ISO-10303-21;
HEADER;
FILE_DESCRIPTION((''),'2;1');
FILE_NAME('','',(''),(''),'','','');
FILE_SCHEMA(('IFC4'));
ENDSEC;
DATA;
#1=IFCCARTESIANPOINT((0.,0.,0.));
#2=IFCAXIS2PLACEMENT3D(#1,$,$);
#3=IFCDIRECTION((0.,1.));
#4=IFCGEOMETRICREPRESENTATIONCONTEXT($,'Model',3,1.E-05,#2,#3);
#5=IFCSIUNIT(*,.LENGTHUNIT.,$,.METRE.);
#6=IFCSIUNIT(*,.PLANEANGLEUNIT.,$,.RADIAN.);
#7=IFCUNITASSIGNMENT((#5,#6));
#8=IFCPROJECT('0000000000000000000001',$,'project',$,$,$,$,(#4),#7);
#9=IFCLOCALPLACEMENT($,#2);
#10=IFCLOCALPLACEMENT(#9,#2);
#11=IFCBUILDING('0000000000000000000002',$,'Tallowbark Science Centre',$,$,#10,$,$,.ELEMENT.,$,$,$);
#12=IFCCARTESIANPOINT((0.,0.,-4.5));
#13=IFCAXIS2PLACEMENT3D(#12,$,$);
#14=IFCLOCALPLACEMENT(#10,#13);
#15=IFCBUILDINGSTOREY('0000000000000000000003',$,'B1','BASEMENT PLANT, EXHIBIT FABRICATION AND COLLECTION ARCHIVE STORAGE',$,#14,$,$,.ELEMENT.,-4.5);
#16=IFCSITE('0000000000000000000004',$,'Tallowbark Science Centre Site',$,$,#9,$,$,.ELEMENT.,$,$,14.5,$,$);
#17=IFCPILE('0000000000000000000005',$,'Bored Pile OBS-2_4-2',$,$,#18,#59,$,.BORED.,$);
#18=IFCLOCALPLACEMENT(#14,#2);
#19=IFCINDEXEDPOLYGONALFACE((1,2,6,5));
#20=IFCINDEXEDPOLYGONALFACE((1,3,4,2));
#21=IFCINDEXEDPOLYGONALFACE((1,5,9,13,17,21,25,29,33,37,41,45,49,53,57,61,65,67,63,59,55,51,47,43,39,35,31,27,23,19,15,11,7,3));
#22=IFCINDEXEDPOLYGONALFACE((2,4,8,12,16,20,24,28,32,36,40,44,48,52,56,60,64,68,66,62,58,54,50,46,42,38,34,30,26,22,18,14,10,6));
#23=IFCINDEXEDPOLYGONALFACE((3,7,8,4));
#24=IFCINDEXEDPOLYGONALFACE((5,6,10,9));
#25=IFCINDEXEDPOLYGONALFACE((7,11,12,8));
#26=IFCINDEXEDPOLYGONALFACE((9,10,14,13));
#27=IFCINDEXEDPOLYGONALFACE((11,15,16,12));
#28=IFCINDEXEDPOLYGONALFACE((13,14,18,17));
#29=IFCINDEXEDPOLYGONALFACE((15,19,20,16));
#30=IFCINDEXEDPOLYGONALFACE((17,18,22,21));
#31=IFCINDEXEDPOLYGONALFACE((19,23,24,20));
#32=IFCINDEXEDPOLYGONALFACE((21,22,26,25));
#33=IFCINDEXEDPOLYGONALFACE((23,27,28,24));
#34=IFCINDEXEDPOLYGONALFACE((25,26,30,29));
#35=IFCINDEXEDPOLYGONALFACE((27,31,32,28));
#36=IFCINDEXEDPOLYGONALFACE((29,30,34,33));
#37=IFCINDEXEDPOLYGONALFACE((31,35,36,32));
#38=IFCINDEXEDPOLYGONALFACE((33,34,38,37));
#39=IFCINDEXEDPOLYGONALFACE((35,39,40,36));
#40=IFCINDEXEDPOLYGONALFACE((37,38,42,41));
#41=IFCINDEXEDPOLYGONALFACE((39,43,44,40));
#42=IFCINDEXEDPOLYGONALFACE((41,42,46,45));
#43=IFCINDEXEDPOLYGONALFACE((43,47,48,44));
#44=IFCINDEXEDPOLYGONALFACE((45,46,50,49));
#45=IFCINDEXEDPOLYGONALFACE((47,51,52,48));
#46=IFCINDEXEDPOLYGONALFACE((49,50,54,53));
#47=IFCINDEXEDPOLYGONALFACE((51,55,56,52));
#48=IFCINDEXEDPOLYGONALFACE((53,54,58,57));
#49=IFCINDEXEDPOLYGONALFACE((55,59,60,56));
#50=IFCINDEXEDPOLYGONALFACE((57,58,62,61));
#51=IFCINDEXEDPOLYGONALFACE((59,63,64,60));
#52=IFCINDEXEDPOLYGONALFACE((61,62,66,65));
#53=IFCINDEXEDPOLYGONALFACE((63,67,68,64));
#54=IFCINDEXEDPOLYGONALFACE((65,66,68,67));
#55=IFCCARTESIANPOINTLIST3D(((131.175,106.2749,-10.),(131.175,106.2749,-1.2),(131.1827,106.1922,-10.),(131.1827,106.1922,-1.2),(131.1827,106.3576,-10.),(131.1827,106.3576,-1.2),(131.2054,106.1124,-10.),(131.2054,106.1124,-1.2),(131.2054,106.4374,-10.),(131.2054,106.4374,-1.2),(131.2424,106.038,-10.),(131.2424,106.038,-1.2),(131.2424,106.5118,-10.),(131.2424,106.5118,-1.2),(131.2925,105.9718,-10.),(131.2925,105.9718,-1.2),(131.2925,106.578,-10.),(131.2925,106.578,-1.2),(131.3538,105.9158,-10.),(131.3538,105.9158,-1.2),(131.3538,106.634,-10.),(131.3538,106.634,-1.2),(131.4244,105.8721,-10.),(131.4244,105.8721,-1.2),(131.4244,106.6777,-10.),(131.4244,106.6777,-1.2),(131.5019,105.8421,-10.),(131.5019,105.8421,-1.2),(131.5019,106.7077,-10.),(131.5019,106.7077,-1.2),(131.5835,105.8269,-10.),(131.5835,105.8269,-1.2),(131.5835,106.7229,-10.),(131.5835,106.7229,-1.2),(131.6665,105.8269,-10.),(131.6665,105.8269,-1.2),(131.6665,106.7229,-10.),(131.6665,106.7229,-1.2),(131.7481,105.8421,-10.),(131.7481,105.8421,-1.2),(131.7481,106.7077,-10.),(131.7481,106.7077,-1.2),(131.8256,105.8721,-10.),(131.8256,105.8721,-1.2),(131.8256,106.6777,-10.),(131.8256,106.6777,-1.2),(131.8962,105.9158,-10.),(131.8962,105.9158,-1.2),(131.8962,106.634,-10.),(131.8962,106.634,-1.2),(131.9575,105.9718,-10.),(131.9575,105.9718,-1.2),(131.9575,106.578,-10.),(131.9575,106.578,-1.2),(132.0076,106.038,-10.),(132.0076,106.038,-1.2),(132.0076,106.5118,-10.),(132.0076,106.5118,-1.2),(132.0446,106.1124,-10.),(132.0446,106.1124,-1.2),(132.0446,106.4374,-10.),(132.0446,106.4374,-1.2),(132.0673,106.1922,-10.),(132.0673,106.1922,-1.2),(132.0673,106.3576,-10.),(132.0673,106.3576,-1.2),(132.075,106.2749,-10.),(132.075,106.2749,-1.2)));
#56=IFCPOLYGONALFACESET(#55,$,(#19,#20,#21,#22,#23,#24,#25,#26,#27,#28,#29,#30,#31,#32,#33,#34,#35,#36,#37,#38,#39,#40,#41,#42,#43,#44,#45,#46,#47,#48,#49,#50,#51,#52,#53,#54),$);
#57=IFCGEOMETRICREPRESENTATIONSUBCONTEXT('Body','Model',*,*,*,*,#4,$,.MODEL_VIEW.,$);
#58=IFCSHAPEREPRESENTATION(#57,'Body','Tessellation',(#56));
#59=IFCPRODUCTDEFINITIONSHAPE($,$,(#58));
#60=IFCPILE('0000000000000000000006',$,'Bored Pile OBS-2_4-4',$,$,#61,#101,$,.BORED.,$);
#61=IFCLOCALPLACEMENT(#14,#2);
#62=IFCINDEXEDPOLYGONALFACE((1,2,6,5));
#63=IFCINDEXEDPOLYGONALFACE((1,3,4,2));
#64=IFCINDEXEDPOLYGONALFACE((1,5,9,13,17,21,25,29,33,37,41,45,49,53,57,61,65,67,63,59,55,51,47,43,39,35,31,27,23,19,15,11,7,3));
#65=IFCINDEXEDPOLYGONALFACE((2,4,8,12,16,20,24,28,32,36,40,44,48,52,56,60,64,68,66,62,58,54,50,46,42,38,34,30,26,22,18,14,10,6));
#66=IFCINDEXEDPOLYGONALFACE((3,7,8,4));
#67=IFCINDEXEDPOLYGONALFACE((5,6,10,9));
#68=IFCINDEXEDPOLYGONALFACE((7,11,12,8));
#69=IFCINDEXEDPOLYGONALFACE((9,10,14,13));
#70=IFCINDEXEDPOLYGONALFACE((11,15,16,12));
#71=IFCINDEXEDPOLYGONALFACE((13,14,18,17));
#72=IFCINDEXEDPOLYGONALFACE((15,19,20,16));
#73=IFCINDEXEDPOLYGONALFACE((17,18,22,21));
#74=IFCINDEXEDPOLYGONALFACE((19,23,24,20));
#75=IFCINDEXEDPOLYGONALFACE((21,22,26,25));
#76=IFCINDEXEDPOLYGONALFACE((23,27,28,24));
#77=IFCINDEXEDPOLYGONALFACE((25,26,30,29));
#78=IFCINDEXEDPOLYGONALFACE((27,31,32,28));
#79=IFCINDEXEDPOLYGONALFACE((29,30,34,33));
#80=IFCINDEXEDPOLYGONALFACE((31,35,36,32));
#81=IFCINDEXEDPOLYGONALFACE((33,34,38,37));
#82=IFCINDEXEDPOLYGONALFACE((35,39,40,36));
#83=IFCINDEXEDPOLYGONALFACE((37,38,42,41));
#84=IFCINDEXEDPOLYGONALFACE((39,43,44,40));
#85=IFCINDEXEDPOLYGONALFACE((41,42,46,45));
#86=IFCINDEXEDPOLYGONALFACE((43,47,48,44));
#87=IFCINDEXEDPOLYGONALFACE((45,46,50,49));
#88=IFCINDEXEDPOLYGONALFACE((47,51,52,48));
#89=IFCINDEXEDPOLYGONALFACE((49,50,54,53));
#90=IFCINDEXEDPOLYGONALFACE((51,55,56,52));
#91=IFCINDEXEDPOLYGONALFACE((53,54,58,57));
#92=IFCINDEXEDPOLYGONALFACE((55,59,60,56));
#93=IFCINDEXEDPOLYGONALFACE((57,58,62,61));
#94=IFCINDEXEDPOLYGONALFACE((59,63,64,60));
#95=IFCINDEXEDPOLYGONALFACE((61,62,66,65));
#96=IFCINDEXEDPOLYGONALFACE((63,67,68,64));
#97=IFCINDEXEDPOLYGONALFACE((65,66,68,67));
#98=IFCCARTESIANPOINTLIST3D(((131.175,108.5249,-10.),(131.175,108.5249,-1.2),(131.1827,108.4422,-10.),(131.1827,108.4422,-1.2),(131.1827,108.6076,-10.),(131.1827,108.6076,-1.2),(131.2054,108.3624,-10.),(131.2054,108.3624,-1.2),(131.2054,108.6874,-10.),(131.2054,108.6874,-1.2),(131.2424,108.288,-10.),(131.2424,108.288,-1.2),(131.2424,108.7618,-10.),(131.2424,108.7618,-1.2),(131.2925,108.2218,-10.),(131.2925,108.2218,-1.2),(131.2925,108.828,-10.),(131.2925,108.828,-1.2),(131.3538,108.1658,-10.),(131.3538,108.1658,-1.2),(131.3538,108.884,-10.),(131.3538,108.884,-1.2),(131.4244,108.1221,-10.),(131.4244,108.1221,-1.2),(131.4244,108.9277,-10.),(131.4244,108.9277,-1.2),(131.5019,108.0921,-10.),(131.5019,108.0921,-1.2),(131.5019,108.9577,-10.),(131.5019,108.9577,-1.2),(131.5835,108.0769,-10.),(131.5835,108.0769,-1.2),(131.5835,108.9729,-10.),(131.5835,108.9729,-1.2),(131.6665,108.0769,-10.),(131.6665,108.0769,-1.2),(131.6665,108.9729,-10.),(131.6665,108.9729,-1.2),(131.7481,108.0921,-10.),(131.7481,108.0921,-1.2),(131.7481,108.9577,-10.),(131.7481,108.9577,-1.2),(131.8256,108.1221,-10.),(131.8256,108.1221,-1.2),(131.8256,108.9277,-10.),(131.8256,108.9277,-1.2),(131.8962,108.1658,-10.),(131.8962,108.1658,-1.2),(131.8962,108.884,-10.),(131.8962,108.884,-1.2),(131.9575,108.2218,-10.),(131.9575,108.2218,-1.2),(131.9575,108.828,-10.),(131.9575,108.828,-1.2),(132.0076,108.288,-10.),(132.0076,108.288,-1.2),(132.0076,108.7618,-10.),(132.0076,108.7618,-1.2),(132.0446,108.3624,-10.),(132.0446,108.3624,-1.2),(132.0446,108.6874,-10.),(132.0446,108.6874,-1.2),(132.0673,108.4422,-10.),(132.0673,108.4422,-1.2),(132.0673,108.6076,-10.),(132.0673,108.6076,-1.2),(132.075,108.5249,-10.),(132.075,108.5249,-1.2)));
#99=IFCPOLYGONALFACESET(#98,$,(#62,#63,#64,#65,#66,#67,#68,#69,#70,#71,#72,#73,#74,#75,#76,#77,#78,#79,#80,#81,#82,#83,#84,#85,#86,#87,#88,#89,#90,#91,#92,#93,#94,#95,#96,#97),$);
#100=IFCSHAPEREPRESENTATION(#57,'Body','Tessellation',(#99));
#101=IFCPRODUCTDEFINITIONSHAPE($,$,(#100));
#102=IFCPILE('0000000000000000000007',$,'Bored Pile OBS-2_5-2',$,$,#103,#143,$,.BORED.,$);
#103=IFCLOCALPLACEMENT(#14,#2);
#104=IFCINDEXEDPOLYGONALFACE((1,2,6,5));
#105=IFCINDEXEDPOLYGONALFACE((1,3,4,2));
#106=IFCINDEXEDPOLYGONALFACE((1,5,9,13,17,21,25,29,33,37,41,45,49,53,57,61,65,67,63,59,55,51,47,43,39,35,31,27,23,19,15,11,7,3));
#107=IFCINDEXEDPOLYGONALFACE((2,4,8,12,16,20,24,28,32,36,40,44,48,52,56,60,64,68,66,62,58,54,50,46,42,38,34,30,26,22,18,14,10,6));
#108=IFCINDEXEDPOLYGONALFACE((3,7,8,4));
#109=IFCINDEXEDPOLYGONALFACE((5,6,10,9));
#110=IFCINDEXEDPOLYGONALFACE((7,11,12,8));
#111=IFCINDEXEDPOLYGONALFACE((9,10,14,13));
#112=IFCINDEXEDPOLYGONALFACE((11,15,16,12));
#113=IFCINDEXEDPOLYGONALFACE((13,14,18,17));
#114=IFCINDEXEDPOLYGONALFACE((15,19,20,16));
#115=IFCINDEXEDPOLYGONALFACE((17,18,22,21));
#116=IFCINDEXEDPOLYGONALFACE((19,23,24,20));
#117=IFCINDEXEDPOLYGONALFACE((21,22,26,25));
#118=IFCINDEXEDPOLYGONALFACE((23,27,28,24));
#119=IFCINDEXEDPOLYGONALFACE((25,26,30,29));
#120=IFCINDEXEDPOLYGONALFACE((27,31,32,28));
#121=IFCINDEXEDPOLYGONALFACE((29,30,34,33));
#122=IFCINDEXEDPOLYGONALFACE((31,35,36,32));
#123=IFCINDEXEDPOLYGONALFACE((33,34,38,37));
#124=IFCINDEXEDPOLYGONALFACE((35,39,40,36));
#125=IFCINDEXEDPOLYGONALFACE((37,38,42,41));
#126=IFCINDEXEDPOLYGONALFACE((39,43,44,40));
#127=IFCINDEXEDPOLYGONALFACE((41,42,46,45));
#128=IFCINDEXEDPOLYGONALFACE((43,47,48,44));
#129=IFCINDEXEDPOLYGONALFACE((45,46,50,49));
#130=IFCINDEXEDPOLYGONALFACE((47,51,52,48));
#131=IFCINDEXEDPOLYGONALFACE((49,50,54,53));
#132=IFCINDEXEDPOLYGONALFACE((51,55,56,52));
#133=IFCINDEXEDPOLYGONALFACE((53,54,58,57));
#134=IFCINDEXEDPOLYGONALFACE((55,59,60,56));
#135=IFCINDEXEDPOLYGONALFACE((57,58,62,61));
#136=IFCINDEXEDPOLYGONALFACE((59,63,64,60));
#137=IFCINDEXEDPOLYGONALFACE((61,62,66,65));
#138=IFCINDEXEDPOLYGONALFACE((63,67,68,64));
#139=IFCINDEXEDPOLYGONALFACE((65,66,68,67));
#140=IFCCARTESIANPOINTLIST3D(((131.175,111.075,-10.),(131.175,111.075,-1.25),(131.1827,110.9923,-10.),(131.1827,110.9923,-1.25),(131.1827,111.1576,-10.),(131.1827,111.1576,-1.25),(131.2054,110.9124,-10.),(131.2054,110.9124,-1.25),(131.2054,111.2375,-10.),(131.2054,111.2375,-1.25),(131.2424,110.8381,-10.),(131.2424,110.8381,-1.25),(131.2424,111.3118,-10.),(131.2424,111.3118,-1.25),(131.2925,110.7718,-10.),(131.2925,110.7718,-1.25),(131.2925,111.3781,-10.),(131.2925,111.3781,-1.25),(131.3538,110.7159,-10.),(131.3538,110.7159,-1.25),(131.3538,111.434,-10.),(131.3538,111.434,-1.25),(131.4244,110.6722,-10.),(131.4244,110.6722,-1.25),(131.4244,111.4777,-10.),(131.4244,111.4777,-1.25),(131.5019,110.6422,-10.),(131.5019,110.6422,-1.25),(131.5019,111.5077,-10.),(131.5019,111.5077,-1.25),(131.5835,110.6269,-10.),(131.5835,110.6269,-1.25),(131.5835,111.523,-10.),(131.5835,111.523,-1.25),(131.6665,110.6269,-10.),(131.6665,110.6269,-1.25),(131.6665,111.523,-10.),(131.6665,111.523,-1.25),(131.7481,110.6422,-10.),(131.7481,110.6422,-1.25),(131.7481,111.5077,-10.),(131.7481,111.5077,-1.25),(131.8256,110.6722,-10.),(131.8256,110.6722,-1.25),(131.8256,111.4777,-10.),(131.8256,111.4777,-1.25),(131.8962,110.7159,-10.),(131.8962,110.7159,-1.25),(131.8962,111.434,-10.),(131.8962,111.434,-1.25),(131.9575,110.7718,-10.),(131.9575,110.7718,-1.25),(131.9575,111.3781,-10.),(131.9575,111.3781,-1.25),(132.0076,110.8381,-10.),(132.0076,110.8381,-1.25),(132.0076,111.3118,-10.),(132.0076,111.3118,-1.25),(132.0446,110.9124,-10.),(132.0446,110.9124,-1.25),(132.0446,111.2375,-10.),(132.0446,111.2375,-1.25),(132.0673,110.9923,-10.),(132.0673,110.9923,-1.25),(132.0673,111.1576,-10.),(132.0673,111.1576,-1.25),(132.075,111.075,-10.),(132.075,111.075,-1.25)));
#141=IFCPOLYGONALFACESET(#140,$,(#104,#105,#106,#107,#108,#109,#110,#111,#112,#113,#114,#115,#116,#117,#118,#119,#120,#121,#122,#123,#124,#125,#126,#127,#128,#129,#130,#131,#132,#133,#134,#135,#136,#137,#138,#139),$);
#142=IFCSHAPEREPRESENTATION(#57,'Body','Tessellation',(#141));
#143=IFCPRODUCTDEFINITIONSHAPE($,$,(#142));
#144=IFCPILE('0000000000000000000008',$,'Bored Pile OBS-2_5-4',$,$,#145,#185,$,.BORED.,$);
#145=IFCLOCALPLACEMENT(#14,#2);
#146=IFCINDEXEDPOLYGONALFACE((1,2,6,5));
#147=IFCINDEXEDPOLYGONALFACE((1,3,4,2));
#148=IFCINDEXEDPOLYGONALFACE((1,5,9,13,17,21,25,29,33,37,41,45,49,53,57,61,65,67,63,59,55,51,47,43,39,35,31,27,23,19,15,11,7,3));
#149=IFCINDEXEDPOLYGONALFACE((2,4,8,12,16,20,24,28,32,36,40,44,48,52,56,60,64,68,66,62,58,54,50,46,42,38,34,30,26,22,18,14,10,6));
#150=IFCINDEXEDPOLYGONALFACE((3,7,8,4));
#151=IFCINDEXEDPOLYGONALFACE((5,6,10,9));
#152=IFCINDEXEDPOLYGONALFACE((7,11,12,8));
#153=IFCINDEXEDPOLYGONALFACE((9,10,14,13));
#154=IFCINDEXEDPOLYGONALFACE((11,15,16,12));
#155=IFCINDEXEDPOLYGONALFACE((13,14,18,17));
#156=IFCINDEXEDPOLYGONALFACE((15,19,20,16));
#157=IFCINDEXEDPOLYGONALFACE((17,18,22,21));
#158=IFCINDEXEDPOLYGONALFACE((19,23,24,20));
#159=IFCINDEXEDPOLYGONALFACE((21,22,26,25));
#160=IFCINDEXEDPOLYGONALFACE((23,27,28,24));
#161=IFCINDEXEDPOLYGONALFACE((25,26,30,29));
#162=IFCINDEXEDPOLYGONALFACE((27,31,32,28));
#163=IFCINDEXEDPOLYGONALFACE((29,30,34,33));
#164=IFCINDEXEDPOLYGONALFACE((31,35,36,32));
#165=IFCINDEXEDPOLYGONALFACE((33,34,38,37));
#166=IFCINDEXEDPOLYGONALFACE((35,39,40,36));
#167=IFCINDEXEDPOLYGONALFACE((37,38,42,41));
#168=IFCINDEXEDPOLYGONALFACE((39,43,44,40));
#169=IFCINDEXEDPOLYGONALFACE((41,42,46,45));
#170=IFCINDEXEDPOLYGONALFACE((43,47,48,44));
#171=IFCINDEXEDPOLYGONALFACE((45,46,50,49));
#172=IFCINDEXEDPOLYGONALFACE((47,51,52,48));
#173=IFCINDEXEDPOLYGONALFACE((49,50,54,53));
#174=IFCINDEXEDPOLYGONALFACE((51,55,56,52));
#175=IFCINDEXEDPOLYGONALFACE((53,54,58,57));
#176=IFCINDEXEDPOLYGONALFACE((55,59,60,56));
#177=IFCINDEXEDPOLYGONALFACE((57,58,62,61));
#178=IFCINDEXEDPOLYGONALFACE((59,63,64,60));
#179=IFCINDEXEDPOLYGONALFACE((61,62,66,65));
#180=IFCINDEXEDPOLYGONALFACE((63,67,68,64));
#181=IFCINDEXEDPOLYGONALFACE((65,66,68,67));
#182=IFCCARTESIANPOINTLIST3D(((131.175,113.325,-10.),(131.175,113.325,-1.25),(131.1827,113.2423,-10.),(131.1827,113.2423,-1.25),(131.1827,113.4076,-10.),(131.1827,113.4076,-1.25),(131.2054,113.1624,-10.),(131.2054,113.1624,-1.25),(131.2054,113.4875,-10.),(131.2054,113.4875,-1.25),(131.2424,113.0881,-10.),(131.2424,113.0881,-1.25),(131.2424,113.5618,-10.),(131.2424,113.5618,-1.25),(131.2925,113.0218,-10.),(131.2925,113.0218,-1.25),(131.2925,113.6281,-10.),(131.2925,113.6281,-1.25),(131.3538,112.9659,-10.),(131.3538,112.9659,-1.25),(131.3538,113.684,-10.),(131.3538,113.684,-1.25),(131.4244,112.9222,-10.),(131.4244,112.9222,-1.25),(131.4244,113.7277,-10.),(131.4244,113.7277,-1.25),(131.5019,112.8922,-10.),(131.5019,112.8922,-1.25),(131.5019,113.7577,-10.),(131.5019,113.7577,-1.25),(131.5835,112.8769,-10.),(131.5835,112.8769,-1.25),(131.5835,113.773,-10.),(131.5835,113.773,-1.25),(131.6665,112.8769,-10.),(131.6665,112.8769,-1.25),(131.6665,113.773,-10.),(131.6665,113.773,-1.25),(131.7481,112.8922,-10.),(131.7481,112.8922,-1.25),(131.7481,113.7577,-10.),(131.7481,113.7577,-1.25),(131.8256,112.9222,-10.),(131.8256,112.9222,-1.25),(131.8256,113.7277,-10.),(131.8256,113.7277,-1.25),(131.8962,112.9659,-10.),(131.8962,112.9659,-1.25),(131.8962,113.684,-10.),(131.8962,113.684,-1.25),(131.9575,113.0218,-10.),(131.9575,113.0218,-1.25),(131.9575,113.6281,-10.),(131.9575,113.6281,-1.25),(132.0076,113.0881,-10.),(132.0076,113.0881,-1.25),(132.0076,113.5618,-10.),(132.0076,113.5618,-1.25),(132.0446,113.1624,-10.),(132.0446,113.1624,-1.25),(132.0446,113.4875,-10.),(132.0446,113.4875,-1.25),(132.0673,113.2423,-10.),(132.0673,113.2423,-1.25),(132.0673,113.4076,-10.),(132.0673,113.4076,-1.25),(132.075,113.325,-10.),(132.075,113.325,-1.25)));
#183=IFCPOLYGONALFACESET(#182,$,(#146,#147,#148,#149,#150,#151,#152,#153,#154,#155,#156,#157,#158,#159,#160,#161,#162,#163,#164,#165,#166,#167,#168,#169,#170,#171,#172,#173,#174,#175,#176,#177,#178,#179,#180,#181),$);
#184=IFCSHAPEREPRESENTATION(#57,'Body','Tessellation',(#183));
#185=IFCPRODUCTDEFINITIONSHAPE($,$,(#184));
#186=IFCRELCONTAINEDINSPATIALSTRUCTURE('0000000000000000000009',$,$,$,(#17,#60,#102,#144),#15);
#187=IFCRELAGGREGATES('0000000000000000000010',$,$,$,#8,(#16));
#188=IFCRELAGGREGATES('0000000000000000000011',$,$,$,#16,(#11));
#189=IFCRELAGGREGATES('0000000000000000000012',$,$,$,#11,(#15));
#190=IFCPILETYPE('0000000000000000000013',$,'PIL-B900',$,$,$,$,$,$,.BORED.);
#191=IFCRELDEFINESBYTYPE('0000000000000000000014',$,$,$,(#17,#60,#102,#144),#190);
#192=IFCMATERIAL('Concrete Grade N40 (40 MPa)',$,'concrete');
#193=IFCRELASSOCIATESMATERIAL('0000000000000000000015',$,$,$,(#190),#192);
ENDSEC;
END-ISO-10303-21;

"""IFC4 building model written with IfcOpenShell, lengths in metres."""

from ifc_helpers import new_model, si_unit, direction, frame, origin, origin_2d, place, context, subcontext, project, spatial, circle, extrude, material, material_profile, profile_set, type_object, element, save


model = new_model("IFC4")

# Units and contexts
model_context = context("Model", 3, precision=1e-05, world=origin(), true_north=direction((0.0, 1.0)))
body_context = subcontext(model_context, "Body", "Model", "MODEL_VIEW")
ifc_project = project(units=[si_unit("LENGTHUNIT", "METRE"), si_unit("PLANEANGLEUNIT", "RADIAN")], contexts=[model_context])

# Site, building, storey
site_placement = place(None, origin())
site = spatial("IfcSite", under=ifc_project, at=site_placement, Name="Tallowbark Science Centre Site", CompositionType="ELEMENT", RefElevation=14.5)
building_placement = place(site_placement, origin())
building = spatial("IfcBuilding", under=site, at=building_placement, Name="Tallowbark Science Centre", CompositionType="ELEMENT")
storey_placement = place(building_placement, frame((0.0, 0.0, -4.5)))
storey = spatial("IfcBuildingStorey", under=building, at=storey_placement, Name="B1", Description="BASEMENT PLANT, EXHIBIT FABRICATION AND COLLECTION ARCHIVE STORAGE", CompositionType="ELEMENT", Elevation=-4.5)

# Shared definitions
ifc_material_1 = material(Name="Concrete Grade N40 (40 MPa)", Category="concrete")

# Piles
ifc_material_profile_1 = material_profile(ifc_material_1, circle(Radius=0.45, at=origin_2d()), Name="PILE900")
ifc_profile_set_1 = profile_set([ifc_material_profile_1], Name="Concrete Grade N40 (40 MPa)")
pile_type_1 = type_object("IfcPileType", Name="PIL-B900", PredefinedType="BORED", material=ifc_profile_set_1)
for number, where, z_axis, x_axis, name in (
    (1, (131.625, 106.2749, -1.2), (0.0, 0.0, -1.0), (1.0, 0.0, 0.0), "Bored Pile OBS-2_4-2"),
    (2, (131.625, 108.5249, -1.2), (0.0, 0.0, -1.0), (1.0, 0.0, 0.0), "Bored Pile OBS-2_4-4"),
):
    element("IfcPile", number, at=place(storey_placement, frame(where, z_axis=z_axis, x_axis=x_axis)), inside=storey, type_object=pile_type_1, Name=name, PredefinedType="BORED", context=body_context, shape_type="SweptSolid", body=[
        extrude(circle(Radius=0.45, at=origin_2d()), origin(), (0.0, 0.0, 1.0), 8.8),
    ])
for number, where, z_axis, x_axis, name in (
    (3, (131.625, 111.075, -1.25), (0.0, 0.0, -1.0), (1.0, 0.0, 0.0), "Bored Pile OBS-2_5-2"),
    (4, (131.625, 113.325, -1.25), (0.0, 0.0, -1.0), (1.0, 0.0, 0.0), "Bored Pile OBS-2_5-4"),
):
    element("IfcPile", number, at=place(storey_placement, frame(where, z_axis=z_axis, x_axis=x_axis)), inside=storey, type_object=pile_type_1, Name=name, PredefinedType="BORED", context=body_context, shape_type="SweptSolid", body=[
        extrude(circle(Radius=0.45, at=origin_2d()), origin(), (0.0, 0.0, 1.0), 8.75),
    ])

save(model, "model.ifc")
